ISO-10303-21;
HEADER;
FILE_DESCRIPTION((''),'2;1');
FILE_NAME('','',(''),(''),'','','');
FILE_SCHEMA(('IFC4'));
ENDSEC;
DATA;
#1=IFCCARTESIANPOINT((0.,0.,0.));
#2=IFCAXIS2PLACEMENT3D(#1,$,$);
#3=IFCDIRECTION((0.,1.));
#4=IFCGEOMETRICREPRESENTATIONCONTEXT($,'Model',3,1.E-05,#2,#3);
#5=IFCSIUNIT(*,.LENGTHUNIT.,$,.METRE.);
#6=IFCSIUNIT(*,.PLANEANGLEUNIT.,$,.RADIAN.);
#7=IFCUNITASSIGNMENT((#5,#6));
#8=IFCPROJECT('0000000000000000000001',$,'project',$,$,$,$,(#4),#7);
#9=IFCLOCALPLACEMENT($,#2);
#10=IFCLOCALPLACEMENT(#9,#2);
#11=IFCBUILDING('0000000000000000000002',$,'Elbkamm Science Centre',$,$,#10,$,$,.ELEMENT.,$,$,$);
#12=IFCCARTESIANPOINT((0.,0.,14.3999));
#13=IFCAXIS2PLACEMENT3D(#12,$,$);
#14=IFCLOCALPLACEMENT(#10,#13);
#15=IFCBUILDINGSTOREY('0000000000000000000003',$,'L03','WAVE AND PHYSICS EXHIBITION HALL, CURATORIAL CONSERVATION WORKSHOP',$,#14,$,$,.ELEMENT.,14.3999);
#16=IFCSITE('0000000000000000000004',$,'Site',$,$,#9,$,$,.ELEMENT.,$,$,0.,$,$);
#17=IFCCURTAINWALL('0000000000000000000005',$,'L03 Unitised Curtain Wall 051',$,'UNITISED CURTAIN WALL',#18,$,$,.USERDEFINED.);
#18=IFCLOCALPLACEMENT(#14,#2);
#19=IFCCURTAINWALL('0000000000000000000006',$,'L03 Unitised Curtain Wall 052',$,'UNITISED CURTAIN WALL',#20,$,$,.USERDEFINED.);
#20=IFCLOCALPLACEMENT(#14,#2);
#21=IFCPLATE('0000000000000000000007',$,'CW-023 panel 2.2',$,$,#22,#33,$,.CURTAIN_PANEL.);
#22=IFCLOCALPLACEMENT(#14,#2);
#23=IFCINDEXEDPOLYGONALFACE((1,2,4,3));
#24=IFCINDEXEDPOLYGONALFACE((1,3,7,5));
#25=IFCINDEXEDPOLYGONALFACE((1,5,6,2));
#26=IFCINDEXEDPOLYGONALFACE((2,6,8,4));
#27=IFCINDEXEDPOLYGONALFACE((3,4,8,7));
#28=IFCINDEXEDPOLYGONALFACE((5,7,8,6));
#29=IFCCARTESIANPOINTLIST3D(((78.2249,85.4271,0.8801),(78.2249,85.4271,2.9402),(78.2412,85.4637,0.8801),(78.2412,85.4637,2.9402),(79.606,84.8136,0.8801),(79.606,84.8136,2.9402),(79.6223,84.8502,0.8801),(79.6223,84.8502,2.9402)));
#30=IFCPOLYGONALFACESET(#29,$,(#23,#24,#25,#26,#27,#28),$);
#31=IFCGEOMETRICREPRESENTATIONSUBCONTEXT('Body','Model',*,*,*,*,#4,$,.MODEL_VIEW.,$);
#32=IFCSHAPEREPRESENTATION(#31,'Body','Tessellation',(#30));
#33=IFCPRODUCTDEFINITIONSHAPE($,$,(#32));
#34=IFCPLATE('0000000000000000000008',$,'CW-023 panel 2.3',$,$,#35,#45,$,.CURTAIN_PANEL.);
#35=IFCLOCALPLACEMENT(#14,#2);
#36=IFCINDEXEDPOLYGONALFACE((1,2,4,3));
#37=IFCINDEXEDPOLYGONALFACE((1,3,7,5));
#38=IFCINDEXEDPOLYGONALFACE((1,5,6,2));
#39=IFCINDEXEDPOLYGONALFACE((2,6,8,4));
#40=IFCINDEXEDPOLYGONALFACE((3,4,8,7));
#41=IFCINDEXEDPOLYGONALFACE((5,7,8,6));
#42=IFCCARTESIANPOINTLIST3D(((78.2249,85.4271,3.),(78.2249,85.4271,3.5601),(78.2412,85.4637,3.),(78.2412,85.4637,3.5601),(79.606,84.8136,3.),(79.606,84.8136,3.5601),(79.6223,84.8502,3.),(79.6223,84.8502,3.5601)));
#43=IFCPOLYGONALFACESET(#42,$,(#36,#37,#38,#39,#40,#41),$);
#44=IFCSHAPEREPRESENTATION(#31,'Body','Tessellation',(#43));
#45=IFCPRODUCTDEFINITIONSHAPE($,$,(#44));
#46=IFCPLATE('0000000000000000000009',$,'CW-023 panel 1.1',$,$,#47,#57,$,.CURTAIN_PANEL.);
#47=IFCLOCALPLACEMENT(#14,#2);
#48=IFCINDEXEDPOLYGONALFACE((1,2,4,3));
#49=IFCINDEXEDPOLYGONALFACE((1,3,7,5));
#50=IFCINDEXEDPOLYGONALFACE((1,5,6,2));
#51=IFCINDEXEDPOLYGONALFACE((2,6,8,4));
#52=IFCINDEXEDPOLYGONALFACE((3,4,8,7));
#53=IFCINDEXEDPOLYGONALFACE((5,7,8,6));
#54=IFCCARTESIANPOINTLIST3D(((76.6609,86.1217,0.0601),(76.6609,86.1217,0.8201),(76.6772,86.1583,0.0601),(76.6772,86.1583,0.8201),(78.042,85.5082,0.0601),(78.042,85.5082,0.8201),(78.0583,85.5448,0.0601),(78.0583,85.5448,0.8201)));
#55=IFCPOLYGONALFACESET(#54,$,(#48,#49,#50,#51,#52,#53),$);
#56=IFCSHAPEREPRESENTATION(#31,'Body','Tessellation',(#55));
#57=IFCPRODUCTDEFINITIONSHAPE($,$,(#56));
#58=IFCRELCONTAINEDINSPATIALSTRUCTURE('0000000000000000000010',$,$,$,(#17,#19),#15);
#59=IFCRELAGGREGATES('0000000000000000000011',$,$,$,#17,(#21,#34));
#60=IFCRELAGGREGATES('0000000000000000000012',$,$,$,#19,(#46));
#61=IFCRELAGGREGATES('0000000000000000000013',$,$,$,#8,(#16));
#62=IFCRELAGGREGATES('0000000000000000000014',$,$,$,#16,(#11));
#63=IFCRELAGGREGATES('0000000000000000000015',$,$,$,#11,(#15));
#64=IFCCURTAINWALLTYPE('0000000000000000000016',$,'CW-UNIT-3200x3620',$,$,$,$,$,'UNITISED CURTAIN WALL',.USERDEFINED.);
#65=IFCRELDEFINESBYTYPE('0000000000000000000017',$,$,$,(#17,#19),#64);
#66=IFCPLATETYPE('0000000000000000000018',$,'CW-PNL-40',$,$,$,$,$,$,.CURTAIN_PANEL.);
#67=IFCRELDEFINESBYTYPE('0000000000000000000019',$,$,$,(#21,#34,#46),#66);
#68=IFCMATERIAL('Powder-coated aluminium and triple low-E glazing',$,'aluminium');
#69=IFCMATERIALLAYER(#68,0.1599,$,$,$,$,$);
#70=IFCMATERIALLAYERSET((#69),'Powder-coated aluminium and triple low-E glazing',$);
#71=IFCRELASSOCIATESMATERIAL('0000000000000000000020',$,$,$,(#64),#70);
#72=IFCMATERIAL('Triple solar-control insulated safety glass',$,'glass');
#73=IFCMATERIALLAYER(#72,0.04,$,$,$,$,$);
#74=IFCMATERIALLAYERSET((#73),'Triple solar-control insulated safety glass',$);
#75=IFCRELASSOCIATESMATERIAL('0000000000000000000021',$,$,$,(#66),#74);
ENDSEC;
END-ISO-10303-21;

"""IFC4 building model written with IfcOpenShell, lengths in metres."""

from ifc_helpers import new_model, si_unit, direction, frame, origin, origin_2d, place, context, subcontext, project, spatial, rectangle, extrude, material, layer, layer_set, type_object, element, aggregate, save


model = new_model("IFC4")

# Units and contexts
model_context = context("Model", 3, precision=1e-05, world=origin(), true_north=direction((0.0, 1.0)))
body_context = subcontext(model_context, "Body", "Model", "MODEL_VIEW")
ifc_project = project(units=[si_unit("LENGTHUNIT", "METRE"), si_unit("PLANEANGLEUNIT", "RADIAN")], contexts=[model_context])

# Site, building, storey
site_placement = place(None, origin())
site = spatial("IfcSite", under=ifc_project, at=site_placement, Name="Site", CompositionType="ELEMENT", RefElevation=0.0)
building_placement = place(site_placement, origin())
building = spatial("IfcBuilding", under=site, at=building_placement, Name="Elbkamm Science Centre", CompositionType="ELEMENT")
storey_placement = place(building_placement, frame((0.0, 0.0, 14.3999)))
storey = spatial("IfcBuildingStorey", under=building, at=storey_placement, Name="L03", Description="WAVE AND PHYSICS EXHIBITION HALL, CURATORIAL CONSERVATION WORKSHOP", CompositionType="ELEMENT", Elevation=14.3999)

# Curtain wall
ifc_material_1 = material(Name="Powder-coated aluminium and triple low-E glazing", Category="aluminium")
ifc_layer_1 = layer(ifc_material_1, 0.1599)
ifc_layer_set_1 = layer_set([ifc_layer_1], Name="Powder-coated aluminium and triple low-E glazing")
curtain_wall_type = type_object("IfcCurtainWallType", Name="CW-UNIT-3200x3620", ElementType="UNITISED CURTAIN WALL", PredefinedType="USERDEFINED", material=ifc_layer_set_1)
curtain_wall_1_placement = place(storey_placement, origin())
curtain_wall_1 = element("IfcCurtainWall", 1, at=curtain_wall_1_placement, inside=storey, type_object=curtain_wall_type, Name="L03 Unitised Curtain Wall 051", ObjectType="UNITISED CURTAIN WALL", PredefinedType="USERDEFINED")

# Curtain wall
curtain_wall_2_placement = place(storey_placement, origin())
curtain_wall_2 = element("IfcCurtainWall", 2, at=curtain_wall_2_placement, inside=storey, type_object=curtain_wall_type, Name="L03 Unitised Curtain Wall 052", ObjectType="UNITISED CURTAIN WALL", PredefinedType="USERDEFINED")

# Plates
ifc_material_2 = material(Name="Triple solar-control insulated safety glass", Category="glass")
ifc_layer_2 = layer(ifc_material_2, 0.04)
ifc_layer_set_2 = layer_set([ifc_layer_2], Name="Triple solar-control insulated safety glass")
plate_type = type_object("IfcPlateType", Name="CW-PNL-40", PredefinedType="CURTAIN_PANEL", material=ifc_layer_set_2)
plate_1_placement = place(storey_placement, frame((78.9236, 85.1387, 0.8801), z_axis=(0.0, 0.0, 1.0), x_axis=(-0.913898, 0.405944, 0.0)))
plate_1 = element("IfcPlate", 3, at=plate_1_placement, type_object=plate_type, Name="CW-023 panel 2.2", PredefinedType="CURTAIN_PANEL", context=body_context, shape_type="SweptSolid", body=[
    extrude(rectangle(XDim=1.5112, YDim=0.04, at=origin_2d()), origin(), (0.0, 0.0, 1.0), 2.0601),
])
plate_2_placement = place(storey_placement, frame((78.9236, 85.1387, 3.0), z_axis=(0.0, 0.0, 1.0), x_axis=(-0.913898, 0.405944, 0.0)))
plate_2 = element("IfcPlate", 4, at=plate_2_placement, type_object=plate_type, Name="CW-023 panel 2.3", PredefinedType="CURTAIN_PANEL", context=body_context, shape_type="SweptSolid", body=[
    extrude(rectangle(XDim=1.5112, YDim=0.04, at=origin_2d()), origin(), (0.0, 0.0, 1.0), 0.5601),
])
aggregate(curtain_wall_1, [plate_1, plate_2])
plate_3_placement = place(storey_placement, frame((77.3596, 85.8333, 0.0601), z_axis=(0.0, 0.0, 1.0), x_axis=(-0.913898, 0.405944, 0.0)))
plate_3 = element("IfcPlate", 5, at=plate_3_placement, type_object=plate_type, Name="CW-023 panel 1.1", PredefinedType="CURTAIN_PANEL", context=body_context, shape_type="SweptSolid", body=[
    extrude(rectangle(XDim=1.5112, YDim=0.04, at=origin_2d()), origin(), (0.0, 0.0, 1.0), 0.76),
])
aggregate(curtain_wall_2, [plate_3])

save(model, "model.ifc")
